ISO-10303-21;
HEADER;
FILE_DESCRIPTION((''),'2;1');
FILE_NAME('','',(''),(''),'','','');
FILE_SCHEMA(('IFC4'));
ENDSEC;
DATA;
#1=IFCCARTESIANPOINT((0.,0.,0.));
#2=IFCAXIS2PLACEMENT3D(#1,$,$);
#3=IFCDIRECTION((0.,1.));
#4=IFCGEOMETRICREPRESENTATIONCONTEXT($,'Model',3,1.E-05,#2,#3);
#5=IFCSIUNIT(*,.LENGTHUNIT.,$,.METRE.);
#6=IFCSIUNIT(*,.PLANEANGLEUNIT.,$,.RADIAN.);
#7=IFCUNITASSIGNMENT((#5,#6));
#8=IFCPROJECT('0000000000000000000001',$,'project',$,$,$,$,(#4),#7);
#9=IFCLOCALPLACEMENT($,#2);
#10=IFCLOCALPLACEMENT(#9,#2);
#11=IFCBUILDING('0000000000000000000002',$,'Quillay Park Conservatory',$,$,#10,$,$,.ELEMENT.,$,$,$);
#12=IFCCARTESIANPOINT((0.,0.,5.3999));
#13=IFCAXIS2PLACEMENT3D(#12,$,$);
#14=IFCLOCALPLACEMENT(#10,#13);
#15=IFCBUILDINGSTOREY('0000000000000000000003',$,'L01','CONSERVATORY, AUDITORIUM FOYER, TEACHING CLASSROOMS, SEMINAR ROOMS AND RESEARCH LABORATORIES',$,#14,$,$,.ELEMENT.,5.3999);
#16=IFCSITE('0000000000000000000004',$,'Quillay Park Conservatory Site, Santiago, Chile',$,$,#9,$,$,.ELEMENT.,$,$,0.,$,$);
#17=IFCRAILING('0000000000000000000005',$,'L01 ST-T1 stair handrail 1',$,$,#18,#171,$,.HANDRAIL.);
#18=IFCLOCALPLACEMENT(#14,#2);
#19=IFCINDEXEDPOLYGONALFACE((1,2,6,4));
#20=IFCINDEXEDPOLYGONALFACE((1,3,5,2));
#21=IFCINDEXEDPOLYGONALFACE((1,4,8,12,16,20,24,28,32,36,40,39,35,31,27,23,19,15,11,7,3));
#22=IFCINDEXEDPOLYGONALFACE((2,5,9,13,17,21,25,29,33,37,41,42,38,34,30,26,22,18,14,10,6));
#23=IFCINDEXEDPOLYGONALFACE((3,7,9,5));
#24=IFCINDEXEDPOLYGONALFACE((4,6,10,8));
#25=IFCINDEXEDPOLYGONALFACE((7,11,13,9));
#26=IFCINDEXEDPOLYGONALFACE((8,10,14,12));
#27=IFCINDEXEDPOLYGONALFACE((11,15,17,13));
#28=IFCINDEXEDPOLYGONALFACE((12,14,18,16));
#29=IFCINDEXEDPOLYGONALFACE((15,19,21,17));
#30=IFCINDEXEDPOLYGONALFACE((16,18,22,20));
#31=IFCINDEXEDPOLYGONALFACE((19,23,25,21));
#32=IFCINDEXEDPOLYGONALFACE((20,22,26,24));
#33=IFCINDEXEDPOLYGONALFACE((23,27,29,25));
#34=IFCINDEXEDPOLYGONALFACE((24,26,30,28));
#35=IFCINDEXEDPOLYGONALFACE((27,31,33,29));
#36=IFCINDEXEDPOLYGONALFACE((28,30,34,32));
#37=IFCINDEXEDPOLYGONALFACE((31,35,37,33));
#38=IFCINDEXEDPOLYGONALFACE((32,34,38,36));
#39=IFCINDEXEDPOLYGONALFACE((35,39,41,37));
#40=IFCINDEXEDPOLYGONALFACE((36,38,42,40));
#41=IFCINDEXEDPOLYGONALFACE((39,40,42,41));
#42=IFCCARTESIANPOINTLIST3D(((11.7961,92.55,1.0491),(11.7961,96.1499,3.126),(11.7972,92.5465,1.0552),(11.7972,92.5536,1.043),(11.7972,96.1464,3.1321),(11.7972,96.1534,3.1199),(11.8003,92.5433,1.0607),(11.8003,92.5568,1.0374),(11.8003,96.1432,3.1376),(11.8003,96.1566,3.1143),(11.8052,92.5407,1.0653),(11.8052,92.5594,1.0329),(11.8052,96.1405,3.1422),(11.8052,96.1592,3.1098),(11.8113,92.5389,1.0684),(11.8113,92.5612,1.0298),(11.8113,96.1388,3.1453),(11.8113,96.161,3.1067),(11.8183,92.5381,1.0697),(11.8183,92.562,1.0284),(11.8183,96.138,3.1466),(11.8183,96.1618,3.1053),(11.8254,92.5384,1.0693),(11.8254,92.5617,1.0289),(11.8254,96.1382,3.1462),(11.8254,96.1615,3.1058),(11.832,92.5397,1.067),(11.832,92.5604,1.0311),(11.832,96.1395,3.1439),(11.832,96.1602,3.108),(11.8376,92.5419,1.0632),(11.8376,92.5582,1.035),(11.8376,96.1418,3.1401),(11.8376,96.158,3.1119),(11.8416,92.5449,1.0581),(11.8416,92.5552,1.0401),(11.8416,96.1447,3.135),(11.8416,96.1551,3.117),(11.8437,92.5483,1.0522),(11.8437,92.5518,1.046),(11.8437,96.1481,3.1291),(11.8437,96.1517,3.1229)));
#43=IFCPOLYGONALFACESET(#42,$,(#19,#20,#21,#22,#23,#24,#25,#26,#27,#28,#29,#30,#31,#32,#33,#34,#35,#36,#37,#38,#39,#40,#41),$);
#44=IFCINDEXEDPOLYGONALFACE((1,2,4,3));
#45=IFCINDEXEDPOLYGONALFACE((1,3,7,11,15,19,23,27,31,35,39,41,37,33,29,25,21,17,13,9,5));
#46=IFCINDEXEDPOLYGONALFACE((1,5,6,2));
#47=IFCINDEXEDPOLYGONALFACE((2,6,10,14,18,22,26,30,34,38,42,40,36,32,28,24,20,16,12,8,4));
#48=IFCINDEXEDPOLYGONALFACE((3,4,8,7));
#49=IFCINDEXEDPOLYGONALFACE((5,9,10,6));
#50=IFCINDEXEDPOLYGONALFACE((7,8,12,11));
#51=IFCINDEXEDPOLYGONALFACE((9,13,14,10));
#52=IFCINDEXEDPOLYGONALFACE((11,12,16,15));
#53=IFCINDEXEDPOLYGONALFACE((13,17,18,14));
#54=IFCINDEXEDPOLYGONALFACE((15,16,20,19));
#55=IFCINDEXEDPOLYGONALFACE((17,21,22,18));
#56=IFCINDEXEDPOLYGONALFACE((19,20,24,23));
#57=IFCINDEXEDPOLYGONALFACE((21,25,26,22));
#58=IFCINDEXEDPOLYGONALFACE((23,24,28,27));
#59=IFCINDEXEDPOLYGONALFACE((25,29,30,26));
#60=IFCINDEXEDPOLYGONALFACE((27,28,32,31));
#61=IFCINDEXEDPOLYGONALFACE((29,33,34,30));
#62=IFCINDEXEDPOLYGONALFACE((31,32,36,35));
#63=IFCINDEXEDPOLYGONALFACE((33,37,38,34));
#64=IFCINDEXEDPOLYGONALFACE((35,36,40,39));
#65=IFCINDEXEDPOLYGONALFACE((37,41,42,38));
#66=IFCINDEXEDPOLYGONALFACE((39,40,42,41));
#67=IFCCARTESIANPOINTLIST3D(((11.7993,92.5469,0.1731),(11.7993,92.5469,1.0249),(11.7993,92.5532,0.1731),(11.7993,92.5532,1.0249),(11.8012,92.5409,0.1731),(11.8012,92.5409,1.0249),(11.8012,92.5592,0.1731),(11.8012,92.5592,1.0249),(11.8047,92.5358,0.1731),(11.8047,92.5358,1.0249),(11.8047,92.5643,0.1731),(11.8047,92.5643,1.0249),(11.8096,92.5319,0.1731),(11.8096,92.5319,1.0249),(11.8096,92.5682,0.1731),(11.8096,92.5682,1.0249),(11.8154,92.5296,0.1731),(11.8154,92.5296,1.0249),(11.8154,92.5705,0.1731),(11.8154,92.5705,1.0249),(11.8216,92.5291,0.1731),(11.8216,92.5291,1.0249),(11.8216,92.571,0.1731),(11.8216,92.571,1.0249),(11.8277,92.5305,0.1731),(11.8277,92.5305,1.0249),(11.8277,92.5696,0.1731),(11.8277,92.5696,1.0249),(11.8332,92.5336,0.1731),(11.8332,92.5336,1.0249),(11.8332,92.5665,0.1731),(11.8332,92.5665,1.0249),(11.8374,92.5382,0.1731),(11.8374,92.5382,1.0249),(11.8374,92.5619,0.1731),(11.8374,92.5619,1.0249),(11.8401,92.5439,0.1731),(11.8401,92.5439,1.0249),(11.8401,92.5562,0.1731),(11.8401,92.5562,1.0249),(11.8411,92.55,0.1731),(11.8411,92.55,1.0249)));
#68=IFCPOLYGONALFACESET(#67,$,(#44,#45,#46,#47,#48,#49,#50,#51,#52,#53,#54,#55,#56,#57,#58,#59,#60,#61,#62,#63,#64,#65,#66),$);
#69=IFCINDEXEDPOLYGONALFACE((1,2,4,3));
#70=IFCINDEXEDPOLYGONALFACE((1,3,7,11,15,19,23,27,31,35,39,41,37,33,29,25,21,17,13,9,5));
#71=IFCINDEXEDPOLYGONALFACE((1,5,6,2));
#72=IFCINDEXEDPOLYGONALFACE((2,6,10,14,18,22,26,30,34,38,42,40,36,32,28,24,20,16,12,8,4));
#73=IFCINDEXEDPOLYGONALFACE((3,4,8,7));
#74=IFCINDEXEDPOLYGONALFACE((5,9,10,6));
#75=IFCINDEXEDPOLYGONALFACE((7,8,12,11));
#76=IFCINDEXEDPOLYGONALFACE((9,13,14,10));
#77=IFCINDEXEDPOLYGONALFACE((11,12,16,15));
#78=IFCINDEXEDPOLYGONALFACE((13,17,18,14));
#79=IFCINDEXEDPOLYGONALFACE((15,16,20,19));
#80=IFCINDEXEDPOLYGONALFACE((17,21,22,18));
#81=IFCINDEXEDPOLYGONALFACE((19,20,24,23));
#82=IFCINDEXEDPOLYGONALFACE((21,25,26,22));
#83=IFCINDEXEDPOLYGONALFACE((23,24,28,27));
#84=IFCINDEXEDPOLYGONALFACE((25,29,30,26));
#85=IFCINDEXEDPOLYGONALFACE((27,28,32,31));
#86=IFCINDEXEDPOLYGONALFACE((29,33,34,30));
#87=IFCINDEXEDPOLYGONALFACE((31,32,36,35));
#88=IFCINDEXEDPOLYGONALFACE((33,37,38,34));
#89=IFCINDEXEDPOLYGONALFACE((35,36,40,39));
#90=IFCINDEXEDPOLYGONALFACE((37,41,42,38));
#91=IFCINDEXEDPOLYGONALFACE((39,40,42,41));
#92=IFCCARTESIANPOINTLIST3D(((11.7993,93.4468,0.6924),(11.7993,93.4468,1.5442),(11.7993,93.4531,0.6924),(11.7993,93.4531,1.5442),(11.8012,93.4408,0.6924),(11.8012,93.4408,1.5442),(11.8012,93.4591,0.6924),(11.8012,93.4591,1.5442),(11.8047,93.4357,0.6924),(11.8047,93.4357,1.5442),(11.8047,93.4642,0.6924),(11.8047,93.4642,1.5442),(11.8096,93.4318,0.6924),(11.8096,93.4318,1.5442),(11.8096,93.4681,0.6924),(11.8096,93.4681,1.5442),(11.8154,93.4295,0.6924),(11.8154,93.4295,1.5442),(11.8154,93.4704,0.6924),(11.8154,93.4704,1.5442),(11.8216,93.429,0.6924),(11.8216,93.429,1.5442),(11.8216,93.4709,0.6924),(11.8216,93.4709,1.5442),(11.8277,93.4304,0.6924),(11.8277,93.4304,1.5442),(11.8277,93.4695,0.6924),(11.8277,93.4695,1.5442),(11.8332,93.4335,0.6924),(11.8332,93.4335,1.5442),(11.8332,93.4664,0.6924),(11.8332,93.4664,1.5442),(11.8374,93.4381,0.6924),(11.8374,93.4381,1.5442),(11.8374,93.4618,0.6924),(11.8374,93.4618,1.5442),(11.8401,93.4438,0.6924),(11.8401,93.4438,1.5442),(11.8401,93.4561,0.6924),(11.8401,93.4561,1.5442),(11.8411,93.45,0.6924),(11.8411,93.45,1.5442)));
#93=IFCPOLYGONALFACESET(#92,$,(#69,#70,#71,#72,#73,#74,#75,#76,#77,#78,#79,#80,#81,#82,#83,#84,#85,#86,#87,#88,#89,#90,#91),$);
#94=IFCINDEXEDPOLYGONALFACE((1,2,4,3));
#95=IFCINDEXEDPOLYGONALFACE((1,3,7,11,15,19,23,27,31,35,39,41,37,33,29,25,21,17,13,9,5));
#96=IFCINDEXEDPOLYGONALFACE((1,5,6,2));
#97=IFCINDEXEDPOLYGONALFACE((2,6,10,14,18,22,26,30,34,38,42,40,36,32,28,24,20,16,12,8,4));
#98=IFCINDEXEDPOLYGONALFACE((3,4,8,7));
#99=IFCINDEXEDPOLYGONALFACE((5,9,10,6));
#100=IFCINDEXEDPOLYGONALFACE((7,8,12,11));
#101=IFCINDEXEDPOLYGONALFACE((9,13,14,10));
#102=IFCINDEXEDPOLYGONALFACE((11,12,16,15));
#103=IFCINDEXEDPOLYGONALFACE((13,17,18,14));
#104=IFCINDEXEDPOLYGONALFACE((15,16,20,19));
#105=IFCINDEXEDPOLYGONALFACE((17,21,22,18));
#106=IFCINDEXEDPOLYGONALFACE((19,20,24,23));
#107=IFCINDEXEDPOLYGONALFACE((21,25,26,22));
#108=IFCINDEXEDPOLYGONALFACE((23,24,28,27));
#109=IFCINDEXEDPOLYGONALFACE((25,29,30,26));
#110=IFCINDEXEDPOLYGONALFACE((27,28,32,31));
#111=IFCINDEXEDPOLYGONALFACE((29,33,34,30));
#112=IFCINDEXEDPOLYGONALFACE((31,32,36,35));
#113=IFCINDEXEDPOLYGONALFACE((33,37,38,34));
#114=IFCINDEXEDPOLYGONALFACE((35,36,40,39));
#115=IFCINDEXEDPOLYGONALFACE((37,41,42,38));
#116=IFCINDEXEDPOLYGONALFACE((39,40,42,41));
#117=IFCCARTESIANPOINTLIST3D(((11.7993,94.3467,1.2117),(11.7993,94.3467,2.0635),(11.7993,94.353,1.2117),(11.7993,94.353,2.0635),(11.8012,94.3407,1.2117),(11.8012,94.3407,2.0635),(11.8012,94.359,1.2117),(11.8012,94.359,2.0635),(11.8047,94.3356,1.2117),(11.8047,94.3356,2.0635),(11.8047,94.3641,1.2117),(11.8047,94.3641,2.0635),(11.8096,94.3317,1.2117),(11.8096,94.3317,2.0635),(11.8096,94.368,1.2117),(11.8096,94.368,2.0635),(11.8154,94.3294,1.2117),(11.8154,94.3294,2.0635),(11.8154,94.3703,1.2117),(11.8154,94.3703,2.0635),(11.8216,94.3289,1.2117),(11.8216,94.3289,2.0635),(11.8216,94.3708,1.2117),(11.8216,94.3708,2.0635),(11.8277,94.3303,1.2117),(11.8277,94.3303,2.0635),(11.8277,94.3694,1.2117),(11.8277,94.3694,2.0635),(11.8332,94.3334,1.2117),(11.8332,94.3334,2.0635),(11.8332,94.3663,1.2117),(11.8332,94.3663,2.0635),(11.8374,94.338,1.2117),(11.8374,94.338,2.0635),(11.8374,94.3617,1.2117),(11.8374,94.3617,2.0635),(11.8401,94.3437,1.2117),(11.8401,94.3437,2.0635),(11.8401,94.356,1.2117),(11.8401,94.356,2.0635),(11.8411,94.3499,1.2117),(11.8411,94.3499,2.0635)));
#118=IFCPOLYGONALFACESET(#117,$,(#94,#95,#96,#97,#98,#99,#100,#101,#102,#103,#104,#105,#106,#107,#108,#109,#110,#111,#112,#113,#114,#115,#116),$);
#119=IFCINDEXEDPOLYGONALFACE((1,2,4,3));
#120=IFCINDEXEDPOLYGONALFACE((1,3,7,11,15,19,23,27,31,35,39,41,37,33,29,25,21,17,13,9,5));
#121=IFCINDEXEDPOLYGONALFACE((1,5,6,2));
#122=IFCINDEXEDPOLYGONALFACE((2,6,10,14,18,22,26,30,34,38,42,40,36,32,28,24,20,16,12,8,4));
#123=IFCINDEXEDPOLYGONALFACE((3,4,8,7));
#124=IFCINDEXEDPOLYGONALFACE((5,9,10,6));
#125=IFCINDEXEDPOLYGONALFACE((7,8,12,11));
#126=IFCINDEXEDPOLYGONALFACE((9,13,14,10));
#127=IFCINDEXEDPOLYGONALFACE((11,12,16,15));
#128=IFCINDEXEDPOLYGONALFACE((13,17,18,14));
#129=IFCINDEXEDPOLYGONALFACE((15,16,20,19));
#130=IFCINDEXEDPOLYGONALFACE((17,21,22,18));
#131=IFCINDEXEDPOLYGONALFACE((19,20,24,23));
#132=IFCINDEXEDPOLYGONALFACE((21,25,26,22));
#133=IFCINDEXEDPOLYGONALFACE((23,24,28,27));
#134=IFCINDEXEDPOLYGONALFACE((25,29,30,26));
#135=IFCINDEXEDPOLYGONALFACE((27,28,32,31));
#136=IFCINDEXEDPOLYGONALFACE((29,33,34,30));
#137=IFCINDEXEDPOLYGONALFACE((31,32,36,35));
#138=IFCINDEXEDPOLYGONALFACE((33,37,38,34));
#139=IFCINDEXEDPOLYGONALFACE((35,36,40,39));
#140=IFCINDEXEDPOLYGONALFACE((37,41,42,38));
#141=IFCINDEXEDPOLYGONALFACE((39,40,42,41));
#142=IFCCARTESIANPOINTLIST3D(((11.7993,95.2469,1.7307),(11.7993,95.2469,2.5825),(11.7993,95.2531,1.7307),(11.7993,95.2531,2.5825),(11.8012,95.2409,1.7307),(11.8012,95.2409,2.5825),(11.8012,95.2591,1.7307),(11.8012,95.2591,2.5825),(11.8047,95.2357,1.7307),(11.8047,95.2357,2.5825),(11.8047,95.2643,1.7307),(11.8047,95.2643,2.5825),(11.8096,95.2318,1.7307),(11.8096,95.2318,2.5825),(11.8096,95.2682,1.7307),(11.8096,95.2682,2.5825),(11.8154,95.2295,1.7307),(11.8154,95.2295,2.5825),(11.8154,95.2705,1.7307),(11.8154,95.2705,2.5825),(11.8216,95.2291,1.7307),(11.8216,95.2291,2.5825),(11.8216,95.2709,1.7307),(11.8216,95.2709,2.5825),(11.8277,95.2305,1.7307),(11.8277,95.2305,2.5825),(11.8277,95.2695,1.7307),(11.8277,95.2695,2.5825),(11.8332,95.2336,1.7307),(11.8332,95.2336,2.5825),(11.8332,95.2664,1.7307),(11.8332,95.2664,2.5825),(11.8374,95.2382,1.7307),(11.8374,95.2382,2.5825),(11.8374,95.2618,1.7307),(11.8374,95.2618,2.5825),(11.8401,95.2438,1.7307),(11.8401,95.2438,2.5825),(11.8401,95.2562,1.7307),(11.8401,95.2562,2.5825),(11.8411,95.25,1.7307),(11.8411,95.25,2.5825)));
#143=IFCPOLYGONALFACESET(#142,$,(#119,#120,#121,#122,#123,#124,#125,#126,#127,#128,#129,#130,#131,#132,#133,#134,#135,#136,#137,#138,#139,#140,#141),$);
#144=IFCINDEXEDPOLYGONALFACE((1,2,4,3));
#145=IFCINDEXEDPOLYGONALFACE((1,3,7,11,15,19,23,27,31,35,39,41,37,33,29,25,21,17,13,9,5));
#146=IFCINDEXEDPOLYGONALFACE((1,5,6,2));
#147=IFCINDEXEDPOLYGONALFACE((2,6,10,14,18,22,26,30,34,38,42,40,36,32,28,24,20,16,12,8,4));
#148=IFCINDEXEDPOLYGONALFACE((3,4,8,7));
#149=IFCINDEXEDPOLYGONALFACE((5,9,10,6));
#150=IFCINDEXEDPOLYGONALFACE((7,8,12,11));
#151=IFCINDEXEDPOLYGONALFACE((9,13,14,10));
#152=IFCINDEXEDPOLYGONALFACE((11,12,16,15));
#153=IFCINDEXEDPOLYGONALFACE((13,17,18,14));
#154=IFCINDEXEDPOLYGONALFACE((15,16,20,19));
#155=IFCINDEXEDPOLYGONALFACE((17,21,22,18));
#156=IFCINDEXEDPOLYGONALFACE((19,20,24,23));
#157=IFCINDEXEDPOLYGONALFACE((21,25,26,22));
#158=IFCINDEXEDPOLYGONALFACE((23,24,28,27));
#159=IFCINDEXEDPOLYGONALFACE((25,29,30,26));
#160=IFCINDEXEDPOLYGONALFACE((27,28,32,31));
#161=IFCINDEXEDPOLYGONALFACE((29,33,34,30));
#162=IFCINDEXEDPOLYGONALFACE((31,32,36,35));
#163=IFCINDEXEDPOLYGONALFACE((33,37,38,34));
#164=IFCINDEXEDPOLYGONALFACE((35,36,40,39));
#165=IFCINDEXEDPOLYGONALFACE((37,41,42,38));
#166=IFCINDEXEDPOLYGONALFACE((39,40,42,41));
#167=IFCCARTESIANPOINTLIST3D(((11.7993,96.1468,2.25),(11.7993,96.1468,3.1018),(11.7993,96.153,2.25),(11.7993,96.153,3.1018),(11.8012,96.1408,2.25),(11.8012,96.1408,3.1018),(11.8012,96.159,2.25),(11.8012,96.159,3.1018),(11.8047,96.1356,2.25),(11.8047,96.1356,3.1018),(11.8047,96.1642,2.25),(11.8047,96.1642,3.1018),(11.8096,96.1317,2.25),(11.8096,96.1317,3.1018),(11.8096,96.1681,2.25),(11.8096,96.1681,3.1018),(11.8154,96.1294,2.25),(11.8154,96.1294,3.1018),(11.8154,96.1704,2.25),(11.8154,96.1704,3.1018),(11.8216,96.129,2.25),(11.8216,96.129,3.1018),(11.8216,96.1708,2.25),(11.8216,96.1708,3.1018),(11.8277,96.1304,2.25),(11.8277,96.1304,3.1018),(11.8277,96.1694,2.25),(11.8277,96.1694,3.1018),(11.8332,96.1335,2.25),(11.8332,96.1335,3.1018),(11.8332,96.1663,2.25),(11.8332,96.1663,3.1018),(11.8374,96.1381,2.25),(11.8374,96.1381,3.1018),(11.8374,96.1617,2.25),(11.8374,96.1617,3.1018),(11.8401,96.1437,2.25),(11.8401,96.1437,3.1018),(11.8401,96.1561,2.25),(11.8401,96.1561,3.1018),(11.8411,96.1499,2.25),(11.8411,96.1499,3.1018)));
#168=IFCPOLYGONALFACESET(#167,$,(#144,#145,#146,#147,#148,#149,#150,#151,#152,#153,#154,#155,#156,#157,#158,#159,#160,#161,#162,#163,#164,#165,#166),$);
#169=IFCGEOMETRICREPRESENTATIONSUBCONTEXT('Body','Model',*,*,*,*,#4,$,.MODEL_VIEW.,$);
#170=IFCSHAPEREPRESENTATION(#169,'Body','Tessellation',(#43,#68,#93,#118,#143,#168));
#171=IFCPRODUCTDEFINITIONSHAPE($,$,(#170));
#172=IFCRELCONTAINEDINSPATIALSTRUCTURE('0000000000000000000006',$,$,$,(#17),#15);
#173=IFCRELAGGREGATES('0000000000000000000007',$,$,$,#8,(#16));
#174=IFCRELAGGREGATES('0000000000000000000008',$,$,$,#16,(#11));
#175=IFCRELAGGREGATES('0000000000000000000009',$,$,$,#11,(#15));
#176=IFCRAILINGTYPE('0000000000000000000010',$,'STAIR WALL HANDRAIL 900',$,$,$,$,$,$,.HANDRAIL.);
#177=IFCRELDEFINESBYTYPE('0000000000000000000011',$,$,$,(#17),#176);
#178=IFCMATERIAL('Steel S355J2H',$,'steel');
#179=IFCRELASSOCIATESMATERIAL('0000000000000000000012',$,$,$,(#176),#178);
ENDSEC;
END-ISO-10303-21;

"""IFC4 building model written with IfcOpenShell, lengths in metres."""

from ifc_helpers import new_model, si_unit, direction, frame, origin, origin_2d, place, context, subcontext, project, spatial, circle, extrude, material, type_object, element, save


model = new_model("IFC4")

# Units and contexts
model_context = context("Model", 3, precision=1e-05, world=origin(), true_north=direction((0.0, 1.0)))
body_context = subcontext(model_context, "Body", "Model", "MODEL_VIEW")
ifc_project = project(units=[si_unit("LENGTHUNIT", "METRE"), si_unit("PLANEANGLEUNIT", "RADIAN")], contexts=[model_context])

# Site, building, storey
site_placement = place(None, origin())
site = spatial("IfcSite", under=ifc_project, at=site_placement, Name="Quillay Park Conservatory Site, Santiago, Chile", CompositionType="ELEMENT", RefElevation=0.0)
building_placement = place(site_placement, origin())
building = spatial("IfcBuilding", under=site, at=building_placement, Name="Quillay Park Conservatory", CompositionType="ELEMENT")
storey_placement = place(building_placement, frame((0.0, 0.0, 5.3999)))
storey = spatial("IfcBuildingStorey", under=building, at=storey_placement, Name="L01", Description="CONSERVATORY, AUDITORIUM FOYER, TEACHING CLASSROOMS, SEMINAR ROOMS AND RESEARCH LABORATORIES", CompositionType="ELEMENT", Elevation=5.3999)

# Railing
ifc_material_1 = material(Name="Steel S355J2H", Category="steel")
railing_type_1 = type_object("IfcRailingType", Name="STAIR WALL HANDRAIL 900", PredefinedType="HANDRAIL", material=ifc_material_1)
railing_1_placement = place(storey_placement, frame((11.8201, 92.55, 0.1731)))
element("IfcRailing", 1, at=railing_1_placement, inside=storey, type_object=railing_type_1, Name="L01 ST-T1 stair handrail 1", PredefinedType="HANDRAIL", context=body_context, shape_type="SweptSolid", body=[
    extrude(circle(Radius=0.0239, at=origin_2d()), frame((0.0, 0.0, 0.876), z_axis=(0.0, 0.866179, 0.499734), x_axis=(-1.0, 0.0, 0.0)), (0.0, 0.0, 1.0), 4.156),
    extrude(circle(Radius=0.021, at=origin_2d()), origin(), (0.0, 0.0, 1.0), 0.8518),
    extrude(circle(Radius=0.021, at=origin_2d()), frame((0.0, 0.8999, 0.5193)), (0.0, 0.0, 1.0), 0.8518),
    extrude(circle(Radius=0.021, at=origin_2d()), frame((0.0, 1.7998, 1.0386)), (0.0, 0.0, 1.0), 0.8518),
    extrude(circle(Radius=0.021, at=origin_2d()), frame((0.0, 2.7, 1.5576)), (0.0, 0.0, 1.0), 0.8518),
    extrude(circle(Radius=0.021, at=origin_2d()), frame((0.0, 3.5999, 2.0769)), (0.0, 0.0, 1.0), 0.8518),
])

save(model, "model.ifc")
